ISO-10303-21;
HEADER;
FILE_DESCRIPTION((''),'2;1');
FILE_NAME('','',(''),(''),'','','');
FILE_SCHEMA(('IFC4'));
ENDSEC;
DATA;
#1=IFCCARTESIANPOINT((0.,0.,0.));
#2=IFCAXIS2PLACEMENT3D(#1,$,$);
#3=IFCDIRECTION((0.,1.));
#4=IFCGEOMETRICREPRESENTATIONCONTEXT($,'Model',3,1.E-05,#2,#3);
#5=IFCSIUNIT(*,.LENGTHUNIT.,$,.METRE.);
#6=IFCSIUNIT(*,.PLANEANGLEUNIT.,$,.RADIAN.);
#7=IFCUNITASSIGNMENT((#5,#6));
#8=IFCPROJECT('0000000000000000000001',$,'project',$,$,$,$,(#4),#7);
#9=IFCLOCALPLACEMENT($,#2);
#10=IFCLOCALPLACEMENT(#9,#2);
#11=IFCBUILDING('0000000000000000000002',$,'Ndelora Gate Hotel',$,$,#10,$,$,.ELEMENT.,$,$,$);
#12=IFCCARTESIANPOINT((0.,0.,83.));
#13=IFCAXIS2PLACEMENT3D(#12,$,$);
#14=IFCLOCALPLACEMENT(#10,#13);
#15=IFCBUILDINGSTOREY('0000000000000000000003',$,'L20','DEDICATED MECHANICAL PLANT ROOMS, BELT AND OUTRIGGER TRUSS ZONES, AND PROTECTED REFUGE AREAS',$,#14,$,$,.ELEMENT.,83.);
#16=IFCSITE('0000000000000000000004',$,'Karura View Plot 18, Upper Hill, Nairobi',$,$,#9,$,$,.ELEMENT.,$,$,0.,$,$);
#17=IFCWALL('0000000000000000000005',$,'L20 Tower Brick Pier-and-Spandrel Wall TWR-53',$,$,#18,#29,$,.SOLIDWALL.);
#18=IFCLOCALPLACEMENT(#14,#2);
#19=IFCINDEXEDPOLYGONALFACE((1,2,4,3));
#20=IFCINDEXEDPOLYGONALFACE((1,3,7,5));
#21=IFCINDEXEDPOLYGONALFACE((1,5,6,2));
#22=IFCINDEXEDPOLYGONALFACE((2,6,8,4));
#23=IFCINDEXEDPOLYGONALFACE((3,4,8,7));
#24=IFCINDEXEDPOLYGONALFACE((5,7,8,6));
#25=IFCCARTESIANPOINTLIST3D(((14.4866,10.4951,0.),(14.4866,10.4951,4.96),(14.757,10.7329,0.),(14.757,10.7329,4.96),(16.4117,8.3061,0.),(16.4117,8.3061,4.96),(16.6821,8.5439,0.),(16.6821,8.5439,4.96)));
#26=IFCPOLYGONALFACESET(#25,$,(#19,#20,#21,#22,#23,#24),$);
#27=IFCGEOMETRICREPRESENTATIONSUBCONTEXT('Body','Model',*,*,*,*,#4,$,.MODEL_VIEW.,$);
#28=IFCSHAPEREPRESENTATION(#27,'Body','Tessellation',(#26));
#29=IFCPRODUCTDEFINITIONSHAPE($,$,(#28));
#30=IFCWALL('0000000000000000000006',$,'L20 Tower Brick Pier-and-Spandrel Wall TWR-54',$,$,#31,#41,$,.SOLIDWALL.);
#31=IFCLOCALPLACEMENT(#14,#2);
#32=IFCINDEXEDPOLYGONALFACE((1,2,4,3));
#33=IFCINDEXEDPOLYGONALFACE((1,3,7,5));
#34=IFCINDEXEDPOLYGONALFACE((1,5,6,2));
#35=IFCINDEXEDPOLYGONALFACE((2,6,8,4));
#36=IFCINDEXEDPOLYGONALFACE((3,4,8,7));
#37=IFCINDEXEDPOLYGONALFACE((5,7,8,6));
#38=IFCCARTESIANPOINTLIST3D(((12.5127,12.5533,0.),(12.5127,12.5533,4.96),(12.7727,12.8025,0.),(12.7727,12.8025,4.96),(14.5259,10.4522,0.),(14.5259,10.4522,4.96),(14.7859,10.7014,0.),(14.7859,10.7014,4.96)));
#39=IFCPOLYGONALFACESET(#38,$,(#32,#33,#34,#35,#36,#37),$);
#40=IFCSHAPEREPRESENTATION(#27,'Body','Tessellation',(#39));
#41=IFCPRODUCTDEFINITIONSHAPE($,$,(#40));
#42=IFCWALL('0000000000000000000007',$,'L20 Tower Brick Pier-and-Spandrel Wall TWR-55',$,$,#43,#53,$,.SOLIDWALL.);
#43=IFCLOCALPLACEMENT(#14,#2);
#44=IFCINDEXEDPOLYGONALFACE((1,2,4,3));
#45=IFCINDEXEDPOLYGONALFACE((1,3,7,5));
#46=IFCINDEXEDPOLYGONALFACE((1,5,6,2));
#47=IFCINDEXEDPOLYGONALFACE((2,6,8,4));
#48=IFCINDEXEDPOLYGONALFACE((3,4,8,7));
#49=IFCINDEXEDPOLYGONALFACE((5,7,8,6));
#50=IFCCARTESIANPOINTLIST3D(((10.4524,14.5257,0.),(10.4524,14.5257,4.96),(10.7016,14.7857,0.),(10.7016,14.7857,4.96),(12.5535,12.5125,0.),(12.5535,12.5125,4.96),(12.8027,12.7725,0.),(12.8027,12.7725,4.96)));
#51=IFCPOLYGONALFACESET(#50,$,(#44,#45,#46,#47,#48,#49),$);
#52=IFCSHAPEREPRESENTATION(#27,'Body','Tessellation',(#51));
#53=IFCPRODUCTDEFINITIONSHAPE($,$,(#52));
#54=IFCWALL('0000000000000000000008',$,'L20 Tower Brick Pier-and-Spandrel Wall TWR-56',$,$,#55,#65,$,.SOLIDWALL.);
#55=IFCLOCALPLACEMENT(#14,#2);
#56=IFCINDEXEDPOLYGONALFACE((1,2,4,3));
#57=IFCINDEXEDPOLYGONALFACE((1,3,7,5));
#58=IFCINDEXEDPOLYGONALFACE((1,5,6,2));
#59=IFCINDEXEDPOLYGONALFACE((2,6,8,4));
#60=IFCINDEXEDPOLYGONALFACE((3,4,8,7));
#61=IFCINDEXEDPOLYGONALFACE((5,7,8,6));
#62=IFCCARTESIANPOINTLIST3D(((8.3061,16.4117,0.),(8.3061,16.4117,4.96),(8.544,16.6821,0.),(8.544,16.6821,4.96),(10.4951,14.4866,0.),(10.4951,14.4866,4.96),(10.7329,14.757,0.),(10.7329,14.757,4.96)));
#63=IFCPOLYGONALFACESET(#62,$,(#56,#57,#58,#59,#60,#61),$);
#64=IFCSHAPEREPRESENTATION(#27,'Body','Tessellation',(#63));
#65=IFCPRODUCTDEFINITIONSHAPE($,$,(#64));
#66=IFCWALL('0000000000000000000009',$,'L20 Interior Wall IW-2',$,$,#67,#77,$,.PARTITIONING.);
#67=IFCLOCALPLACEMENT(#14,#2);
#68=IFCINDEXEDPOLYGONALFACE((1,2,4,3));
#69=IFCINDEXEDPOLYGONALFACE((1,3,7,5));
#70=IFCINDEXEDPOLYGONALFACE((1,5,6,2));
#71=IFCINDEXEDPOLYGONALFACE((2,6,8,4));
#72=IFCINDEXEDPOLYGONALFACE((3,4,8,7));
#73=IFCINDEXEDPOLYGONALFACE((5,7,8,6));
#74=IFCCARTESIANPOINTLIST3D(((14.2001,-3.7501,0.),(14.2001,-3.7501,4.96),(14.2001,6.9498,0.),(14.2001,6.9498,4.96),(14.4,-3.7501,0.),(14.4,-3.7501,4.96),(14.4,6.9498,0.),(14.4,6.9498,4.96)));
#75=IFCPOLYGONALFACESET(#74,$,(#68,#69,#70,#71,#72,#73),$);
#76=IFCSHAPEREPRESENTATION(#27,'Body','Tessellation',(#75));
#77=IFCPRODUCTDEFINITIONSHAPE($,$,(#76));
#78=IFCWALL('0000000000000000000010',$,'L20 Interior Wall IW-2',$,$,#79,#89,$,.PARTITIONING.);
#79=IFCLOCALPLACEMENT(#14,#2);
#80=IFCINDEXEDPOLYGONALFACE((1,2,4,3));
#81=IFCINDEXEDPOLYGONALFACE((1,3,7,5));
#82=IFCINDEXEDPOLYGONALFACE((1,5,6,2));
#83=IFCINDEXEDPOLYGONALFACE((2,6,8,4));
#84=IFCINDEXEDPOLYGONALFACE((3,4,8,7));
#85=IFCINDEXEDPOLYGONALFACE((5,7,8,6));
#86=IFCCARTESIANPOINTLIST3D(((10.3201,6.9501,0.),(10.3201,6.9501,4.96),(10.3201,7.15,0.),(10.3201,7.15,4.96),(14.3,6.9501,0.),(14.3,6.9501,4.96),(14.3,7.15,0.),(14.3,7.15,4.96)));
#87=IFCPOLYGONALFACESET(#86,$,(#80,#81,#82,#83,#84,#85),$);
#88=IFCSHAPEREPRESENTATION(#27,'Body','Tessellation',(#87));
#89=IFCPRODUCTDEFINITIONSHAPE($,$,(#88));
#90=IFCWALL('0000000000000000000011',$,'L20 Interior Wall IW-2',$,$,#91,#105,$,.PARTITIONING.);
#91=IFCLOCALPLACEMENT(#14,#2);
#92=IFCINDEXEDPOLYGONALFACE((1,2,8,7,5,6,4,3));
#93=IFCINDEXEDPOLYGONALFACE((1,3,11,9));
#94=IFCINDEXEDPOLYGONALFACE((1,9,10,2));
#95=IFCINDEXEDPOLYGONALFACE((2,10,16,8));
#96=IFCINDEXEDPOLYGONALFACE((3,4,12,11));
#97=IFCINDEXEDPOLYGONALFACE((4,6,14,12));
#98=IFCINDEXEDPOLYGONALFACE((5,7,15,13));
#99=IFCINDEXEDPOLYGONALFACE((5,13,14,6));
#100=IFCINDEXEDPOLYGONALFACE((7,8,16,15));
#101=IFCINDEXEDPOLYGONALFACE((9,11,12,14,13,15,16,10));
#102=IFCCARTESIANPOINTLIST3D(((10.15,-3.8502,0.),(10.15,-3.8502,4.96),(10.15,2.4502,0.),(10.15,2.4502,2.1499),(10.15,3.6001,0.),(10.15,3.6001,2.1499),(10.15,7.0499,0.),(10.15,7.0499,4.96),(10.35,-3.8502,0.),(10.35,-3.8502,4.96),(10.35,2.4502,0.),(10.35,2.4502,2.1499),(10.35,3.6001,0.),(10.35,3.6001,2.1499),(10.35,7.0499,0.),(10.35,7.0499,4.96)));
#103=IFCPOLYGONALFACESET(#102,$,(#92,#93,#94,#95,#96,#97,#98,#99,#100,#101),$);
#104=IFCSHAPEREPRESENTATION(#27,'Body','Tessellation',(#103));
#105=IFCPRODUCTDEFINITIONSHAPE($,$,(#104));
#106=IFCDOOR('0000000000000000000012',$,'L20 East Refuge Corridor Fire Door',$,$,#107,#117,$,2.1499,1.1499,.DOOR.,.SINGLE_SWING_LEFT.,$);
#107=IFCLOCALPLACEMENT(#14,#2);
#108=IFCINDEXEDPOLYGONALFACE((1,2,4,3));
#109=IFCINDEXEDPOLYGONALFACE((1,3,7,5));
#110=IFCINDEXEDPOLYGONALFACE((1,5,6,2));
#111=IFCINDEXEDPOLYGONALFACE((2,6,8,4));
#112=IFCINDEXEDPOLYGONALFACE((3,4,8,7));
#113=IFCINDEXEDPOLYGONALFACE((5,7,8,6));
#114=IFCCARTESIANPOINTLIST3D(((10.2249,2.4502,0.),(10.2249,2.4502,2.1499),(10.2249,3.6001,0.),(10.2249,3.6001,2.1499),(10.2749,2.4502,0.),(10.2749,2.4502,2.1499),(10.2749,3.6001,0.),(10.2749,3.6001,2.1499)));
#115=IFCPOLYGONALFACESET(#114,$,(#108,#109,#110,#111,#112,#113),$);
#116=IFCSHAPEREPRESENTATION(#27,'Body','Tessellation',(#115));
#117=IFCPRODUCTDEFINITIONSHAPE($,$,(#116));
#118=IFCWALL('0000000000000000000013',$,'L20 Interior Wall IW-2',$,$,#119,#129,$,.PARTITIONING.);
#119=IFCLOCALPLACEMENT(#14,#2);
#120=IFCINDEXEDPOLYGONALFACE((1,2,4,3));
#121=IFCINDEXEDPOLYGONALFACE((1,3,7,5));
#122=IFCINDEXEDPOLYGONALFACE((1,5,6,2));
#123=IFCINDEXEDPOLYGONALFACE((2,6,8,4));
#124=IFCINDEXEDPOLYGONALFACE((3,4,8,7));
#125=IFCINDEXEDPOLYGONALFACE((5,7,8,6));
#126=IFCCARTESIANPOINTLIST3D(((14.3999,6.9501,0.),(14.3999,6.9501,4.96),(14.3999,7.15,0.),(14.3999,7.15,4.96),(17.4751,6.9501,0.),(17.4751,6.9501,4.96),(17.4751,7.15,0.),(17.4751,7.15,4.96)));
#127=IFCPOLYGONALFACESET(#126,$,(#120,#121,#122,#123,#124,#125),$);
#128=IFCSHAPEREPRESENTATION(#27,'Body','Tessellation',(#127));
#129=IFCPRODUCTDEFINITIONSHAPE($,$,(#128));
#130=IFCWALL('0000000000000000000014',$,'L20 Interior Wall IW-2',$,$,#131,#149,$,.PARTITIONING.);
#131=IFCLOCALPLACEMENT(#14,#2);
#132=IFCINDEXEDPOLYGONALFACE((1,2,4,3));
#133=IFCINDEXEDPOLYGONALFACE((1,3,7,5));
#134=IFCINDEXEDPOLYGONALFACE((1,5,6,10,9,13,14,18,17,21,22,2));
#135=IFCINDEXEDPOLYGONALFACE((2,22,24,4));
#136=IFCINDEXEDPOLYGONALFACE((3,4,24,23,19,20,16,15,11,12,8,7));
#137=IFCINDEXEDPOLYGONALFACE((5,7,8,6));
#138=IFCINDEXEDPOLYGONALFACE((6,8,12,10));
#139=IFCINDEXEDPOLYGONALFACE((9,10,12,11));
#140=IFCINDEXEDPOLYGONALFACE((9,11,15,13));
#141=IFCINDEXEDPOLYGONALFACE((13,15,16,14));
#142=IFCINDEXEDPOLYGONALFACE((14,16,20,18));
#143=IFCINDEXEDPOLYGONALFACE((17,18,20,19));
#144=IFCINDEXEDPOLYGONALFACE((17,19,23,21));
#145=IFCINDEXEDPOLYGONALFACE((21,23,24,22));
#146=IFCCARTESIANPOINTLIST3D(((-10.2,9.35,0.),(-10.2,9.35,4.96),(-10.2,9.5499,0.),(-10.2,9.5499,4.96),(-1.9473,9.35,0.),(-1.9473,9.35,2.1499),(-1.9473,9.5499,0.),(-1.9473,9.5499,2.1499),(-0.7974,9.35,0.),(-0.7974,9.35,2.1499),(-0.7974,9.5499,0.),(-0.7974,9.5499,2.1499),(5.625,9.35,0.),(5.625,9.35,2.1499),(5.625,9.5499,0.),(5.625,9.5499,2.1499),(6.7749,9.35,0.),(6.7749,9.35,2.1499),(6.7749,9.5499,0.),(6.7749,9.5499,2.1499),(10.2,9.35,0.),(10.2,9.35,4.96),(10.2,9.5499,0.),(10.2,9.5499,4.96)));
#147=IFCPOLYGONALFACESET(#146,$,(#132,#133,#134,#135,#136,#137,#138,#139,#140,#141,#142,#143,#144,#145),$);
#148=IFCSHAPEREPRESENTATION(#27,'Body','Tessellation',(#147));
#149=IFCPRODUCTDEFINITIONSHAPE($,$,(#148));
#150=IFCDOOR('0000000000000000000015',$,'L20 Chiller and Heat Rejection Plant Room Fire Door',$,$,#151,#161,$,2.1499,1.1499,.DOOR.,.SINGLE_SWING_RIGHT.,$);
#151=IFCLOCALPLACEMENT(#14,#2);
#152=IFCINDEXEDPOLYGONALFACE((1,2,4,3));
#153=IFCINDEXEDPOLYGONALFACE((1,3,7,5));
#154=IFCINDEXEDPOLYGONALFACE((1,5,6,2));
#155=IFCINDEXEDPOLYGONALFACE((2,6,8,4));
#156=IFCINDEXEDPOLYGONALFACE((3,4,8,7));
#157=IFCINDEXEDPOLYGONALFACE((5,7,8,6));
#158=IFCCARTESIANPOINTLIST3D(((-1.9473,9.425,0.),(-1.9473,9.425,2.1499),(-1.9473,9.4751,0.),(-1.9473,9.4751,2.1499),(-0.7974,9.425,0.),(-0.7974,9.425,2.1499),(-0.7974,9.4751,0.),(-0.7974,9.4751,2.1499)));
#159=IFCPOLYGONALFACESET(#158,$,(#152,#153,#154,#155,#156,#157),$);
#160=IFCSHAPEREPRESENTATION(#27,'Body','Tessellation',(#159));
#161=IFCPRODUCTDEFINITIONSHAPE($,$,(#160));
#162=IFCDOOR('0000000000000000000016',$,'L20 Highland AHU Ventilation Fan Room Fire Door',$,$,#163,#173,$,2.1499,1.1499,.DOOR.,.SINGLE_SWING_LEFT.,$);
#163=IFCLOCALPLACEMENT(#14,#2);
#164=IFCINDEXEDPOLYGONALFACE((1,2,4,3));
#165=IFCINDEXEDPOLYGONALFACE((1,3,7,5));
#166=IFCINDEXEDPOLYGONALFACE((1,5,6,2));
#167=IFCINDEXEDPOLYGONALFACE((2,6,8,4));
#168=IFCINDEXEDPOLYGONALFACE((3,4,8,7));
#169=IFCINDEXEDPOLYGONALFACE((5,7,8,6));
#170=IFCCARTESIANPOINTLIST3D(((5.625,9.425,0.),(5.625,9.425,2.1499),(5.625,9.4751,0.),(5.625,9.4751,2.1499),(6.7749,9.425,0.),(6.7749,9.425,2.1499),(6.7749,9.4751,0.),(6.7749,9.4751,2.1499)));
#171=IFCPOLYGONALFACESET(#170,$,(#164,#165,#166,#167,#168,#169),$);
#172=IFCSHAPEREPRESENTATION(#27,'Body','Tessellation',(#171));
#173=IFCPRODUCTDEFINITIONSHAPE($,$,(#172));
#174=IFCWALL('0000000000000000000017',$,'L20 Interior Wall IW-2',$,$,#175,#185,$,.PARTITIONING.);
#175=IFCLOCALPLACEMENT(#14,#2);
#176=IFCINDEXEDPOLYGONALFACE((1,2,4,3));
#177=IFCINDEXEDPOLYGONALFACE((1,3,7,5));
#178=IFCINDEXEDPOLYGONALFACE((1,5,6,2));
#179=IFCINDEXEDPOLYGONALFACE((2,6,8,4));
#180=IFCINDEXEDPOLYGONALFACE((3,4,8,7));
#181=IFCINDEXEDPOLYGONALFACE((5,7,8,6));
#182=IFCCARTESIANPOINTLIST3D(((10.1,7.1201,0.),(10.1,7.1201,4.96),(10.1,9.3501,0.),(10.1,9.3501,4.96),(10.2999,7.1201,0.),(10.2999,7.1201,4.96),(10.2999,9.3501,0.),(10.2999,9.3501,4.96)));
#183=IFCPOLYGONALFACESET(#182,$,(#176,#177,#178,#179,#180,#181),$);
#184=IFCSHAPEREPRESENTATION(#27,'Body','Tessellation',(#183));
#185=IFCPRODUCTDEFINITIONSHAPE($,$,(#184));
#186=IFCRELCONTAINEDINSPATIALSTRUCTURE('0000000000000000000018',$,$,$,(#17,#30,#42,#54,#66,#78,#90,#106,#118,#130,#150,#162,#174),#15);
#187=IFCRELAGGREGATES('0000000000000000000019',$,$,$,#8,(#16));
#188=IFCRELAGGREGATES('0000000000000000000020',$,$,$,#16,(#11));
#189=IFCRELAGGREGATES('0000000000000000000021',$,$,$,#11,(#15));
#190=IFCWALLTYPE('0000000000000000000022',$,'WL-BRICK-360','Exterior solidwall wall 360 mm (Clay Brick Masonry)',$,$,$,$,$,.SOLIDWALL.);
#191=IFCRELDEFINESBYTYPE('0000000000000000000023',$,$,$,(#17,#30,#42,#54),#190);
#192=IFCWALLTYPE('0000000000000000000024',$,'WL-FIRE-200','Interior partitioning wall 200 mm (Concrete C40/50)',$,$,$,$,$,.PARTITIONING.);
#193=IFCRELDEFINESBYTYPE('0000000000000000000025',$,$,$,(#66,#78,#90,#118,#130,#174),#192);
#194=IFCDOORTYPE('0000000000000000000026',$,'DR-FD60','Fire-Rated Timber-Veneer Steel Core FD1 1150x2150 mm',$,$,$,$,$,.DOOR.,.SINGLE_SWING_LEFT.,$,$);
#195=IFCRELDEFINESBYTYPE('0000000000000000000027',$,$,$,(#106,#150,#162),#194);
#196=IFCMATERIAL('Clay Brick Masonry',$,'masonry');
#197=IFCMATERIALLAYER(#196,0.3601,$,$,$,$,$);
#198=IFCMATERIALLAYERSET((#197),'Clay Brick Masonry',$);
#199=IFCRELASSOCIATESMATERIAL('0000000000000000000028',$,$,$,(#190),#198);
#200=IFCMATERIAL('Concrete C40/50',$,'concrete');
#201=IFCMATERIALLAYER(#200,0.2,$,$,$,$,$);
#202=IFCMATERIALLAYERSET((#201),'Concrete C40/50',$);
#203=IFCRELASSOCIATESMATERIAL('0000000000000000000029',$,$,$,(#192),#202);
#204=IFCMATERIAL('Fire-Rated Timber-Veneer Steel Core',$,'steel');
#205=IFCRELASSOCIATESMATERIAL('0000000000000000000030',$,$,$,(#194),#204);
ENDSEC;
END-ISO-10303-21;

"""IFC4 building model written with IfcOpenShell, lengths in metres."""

from ifc_helpers import new_model, si_unit, direction, frame, frame_2d, origin, place, context, subcontext, project, spatial, rectangle, extrude, material, layer, layer_set, type_object, element, fill, save


model = new_model("IFC4")

# Units and contexts
model_context = context("Model", 3, precision=1e-05, world=origin(), true_north=direction((0.0, 1.0)))
body_context = subcontext(model_context, "Body", "Model", "MODEL_VIEW")
ifc_project = project(units=[si_unit("LENGTHUNIT", "METRE"), si_unit("PLANEANGLEUNIT", "RADIAN")], contexts=[model_context])

# Site, building, storey
site_placement = place(None, origin())
site = spatial("IfcSite", under=ifc_project, at=site_placement, Name="Karura View Plot 18, Upper Hill, Nairobi", CompositionType="ELEMENT", RefElevation=0.0)
building_placement = place(site_placement, origin())
building = spatial("IfcBuilding", under=site, at=building_placement, Name="Ndelora Gate Hotel", CompositionType="ELEMENT")
storey_placement = place(building_placement, frame((0.0, 0.0, 83.0)))
storey = spatial("IfcBuildingStorey", under=building, at=storey_placement, Name="L20", Description="DEDICATED MECHANICAL PLANT ROOMS, BELT AND OUTRIGGER TRUSS ZONES, AND PROTECTED REFUGE AREAS", CompositionType="ELEMENT", Elevation=83.0)

# Walls
ifc_material_1 = material(Name="Clay Brick Masonry", Category="masonry")
ifc_layer_1 = layer(ifc_material_1, 0.3601)
ifc_layer_set_1 = layer_set([ifc_layer_1], Name="Clay Brick Masonry")
wall_type_1 = type_object("IfcWallType", Name="WL-BRICK-360", Description="Exterior solidwall wall 360 mm (Clay Brick Masonry)", PredefinedType="SOLIDWALL", material=ifc_layer_set_1)
wall_1_placement = place(storey_placement, frame((14.6218, 10.614, 0.0), z_axis=(0.0, 0.0, 1.0), x_axis=(0.660388, -0.750924, 0.0)))
element("IfcWall", 1, at=wall_1_placement, inside=storey, type_object=wall_type_1, Name="L20 Tower Brick Pier-and-Spandrel Wall TWR-53", PredefinedType="SOLIDWALL", context=body_context, shape_type="SweptSolid", body=[
    extrude(rectangle(XDim=2.915, YDim=0.3601, at=frame_2d((1.4575, 0.0))), origin(), (0.0, 0.0, 1.0), 4.96),
])
for number, where, z_axis, x_axis, name in (
    (2, (12.6426, 12.678, 0.0), (0.0, 0.0, 1.0), (0.691843, -0.722048, 0.0), "L20 Tower Brick Pier-and-Spandrel Wall TWR-54"),
    (3, (10.5769, 14.6558, 0.0), (0.0, 0.0, 1.0), (0.722048, -0.691843, 0.0), "L20 Tower Brick Pier-and-Spandrel Wall TWR-55"),
):
    element("IfcWall", number, at=place(storey_placement, frame(where, z_axis=z_axis, x_axis=x_axis)), inside=storey, type_object=wall_type_1, Name=name, PredefinedType="SOLIDWALL", context=body_context, shape_type="SweptSolid", body=[
        extrude(rectangle(XDim=2.9099, YDim=0.3601, at=frame_2d((1.4551, 0.0))), origin(), (0.0, 0.0, 1.0), 4.96),
    ])
wall_2_placement = place(storey_placement, frame((8.425, 16.5469, 0.0), z_axis=(0.0, 0.0, 1.0), x_axis=(0.750924, -0.660388, 0.0)))
element("IfcWall", 4, at=wall_2_placement, inside=storey, type_object=wall_type_1, Name="L20 Tower Brick Pier-and-Spandrel Wall TWR-56", PredefinedType="SOLIDWALL", context=body_context, shape_type="SweptSolid", body=[
    extrude(rectangle(XDim=2.915, YDim=0.3601, at=frame_2d((1.4575, 0.0))), origin(), (0.0, 0.0, 1.0), 4.96),
])
ifc_material_2 = material(Name="Concrete C40/50", Category="concrete")
ifc_layer_2 = layer(ifc_material_2, 0.2)
ifc_layer_set_2 = layer_set([ifc_layer_2], Name="Concrete C40/50")
wall_type_2 = type_object("IfcWallType", Name="WL-FIRE-200", Description="Interior partitioning wall 200 mm (Concrete C40/50)", PredefinedType="PARTITIONING", material=ifc_layer_set_2)
wall_3_placement = place(storey_placement, frame((14.3, 6.95, 0.0), z_axis=(0.0, 0.0, 1.0), x_axis=(0.0, -1.0, 0.0)))
element("IfcWall", 5, at=wall_3_placement, inside=storey, type_object=wall_type_2, Name="L20 Interior Wall IW-2", PredefinedType="PARTITIONING", context=body_context, shape_type="SweptSolid", body=[
    extrude(rectangle(XDim=10.7, YDim=0.2, at=frame_2d((5.3501, 0.0))), origin(), (0.0, 0.0, 1.0), 4.96),
])
wall_4_placement = place(storey_placement, frame((14.3, 7.05, 0.0), z_axis=(0.0, 0.0, 1.0), x_axis=(-1.0, 0.0, 0.0)))
element("IfcWall", 6, at=wall_4_placement, inside=storey, type_object=wall_type_2, Name="L20 Interior Wall IW-2", PredefinedType="PARTITIONING", context=body_context, shape_type="SweptSolid", body=[
    extrude(rectangle(XDim=3.98, YDim=0.2, at=frame_2d((1.99, 0.0))), origin(), (0.0, 0.0, 1.0), 4.96),
])

# Wall, opening, door
wall_5_placement = place(storey_placement, frame((10.25, 7.05, 0.0), z_axis=(0.0, 0.0, 1.0), x_axis=(0.0, -1.0, 0.0)))
wall_5 = element("IfcWall", 7, at=wall_5_placement, inside=storey, type_object=wall_type_2, Name="L20 Interior Wall IW-2", PredefinedType="PARTITIONING", context=body_context, shape_type="SweptSolid", body=[
    extrude(rectangle(XDim=10.9001, YDim=0.2, at=frame_2d((5.4502, 0.0))), origin(), (0.0, 0.0, 1.0), 4.96),
])
opening_1_placement = place(wall_5_placement, frame((3.45, 0.0, 0.0)))
opening_1 = element("IfcOpeningElement", 8, at=opening_1_placement, cuts=wall_5, PredefinedType="OPENING", context=body_context, shape_type="SweptSolid", body=[
    extrude(rectangle(XDim=1.1499, YDim=2.1499, at=frame_2d((0.575, 1.075))), frame((0.0, 0.1099, 0.0), z_axis=(0.0, -1.0, 0.0), x_axis=(1.0, 0.0, 0.0)), (0.0, 0.0, 1.0), 0.22),
])
ifc_material_3 = material(Name="Fire-Rated Timber-Veneer Steel Core", Category="steel")
door_type = type_object("IfcDoorType", Name="DR-FD60", Description="Fire-Rated Timber-Veneer Steel Core FD1 1150x2150 mm", OperationType="SINGLE_SWING_LEFT", PredefinedType="DOOR", material=ifc_material_3)
door_1_placement = place(opening_1_placement, origin())
door_1 = element("IfcDoor", 9, at=door_1_placement, inside=storey, type_object=door_type, Name="L20 East Refuge Corridor Fire Door", OperationType="SINGLE_SWING_LEFT", OverallHeight=2.1499, OverallWidth=1.1499, PredefinedType="DOOR", context=body_context, shape_type="SweptSolid", body=[
    extrude(rectangle(XDim=1.1499, YDim=2.1499, at=frame_2d((0.575, 1.075))), frame((0.0, 0.0249, 0.0), z_axis=(0.0, -1.0, 0.0), x_axis=(1.0, 0.0, 0.0)), (0.0, 0.0, 1.0), 0.05),
])
fill(opening_1, door_1)

# Wall
wall_6_placement = place(storey_placement, frame((14.3999, 7.05, 0.0), z_axis=(0.0, 0.0, 1.0), x_axis=(1.0, 0.0, 0.0)))
element("IfcWall", 10, at=wall_6_placement, inside=storey, type_object=wall_type_2, Name="L20 Interior Wall IW-2", PredefinedType="PARTITIONING", context=body_context, shape_type="SweptSolid", body=[
    extrude(rectangle(XDim=3.0752, YDim=0.2, at=frame_2d((1.5376, 0.0))), origin(), (0.0, 0.0, 1.0), 4.96),
])

# Wall, openings, doors
wall_7_placement = place(storey_placement, frame((10.2, 9.45, 0.0), z_axis=(0.0, 0.0, 1.0), x_axis=(-1.0, 0.0, 0.0)))
wall_7 = element("IfcWall", 11, at=wall_7_placement, inside=storey, type_object=wall_type_2, Name="L20 Interior Wall IW-2", PredefinedType="PARTITIONING", context=body_context, shape_type="SweptSolid", body=[
    extrude(rectangle(XDim=20.3999, YDim=0.2, at=frame_2d((10.2, 0.0))), origin(), (0.0, 0.0, 1.0), 4.96),
])
opening_2_placement = place(wall_7_placement, frame((10.9973, 0.0, 0.0)))
opening_2 = element("IfcOpeningElement", 12, at=opening_2_placement, cuts=wall_7, PredefinedType="OPENING", context=body_context, shape_type="SweptSolid", body=[
    extrude(rectangle(XDim=1.1499, YDim=2.1499, at=frame_2d((0.575, 1.075))), frame((0.0, 0.1099, 0.0), z_axis=(0.0, -1.0, 0.0), x_axis=(1.0, 0.0, 0.0)), (0.0, 0.0, 1.0), 0.22),
])
opening_3_placement = place(wall_7_placement, frame((3.425, 0.0, 0.0)))
opening_3 = element("IfcOpeningElement", 13, at=opening_3_placement, cuts=wall_7, PredefinedType="OPENING", context=body_context, shape_type="SweptSolid", body=[
    extrude(rectangle(XDim=1.1499, YDim=2.1499, at=frame_2d((0.575, 1.075))), frame((0.0, 0.1099, 0.0), z_axis=(0.0, -1.0, 0.0), x_axis=(1.0, 0.0, 0.0)), (0.0, 0.0, 1.0), 0.22),
])
door_2_placement = place(opening_2_placement, origin())
door_2 = element("IfcDoor", 14, at=door_2_placement, inside=storey, type_object=door_type, Name="L20 Chiller and Heat Rejection Plant Room Fire Door", OperationType="SINGLE_SWING_RIGHT", OverallHeight=2.1499, OverallWidth=1.1499, PredefinedType="DOOR", context=body_context, shape_type="SweptSolid", body=[
    extrude(rectangle(XDim=1.1499, YDim=2.1499, at=frame_2d((0.575, 1.075))), frame((0.0, 0.0249, 0.0), z_axis=(0.0, -1.0, 0.0), x_axis=(1.0, 0.0, 0.0)), (0.0, 0.0, 1.0), 0.05),
])
fill(opening_2, door_2)
door_3_placement = place(opening_3_placement, origin())
door_3 = element("IfcDoor", 15, at=door_3_placement, inside=storey, type_object=door_type, Name="L20 Highland AHU Ventilation Fan Room Fire Door", OperationType="SINGLE_SWING_LEFT", OverallHeight=2.1499, OverallWidth=1.1499, PredefinedType="DOOR", context=body_context, shape_type="SweptSolid", body=[
    extrude(rectangle(XDim=1.1499, YDim=2.1499, at=frame_2d((0.575, 1.075))), frame((0.0, 0.0249, 0.0), z_axis=(0.0, -1.0, 0.0), x_axis=(1.0, 0.0, 0.0)), (0.0, 0.0, 1.0), 0.05),
])
fill(opening_3, door_3)

# Wall
wall_8_placement = place(storey_placement, frame((10.2, 7.1201, 0.0), z_axis=(0.0, 0.0, 1.0), x_axis=(0.0, 1.0, 0.0)))
element("IfcWall", 16, at=wall_8_placement, inside=storey, type_object=wall_type_2, Name="L20 Interior Wall IW-2", PredefinedType="PARTITIONING", context=body_context, shape_type="SweptSolid", body=[
    extrude(rectangle(XDim=2.23, YDim=0.2, at=frame_2d((1.115, 0.0))), origin(), (0.0, 0.0, 1.0), 4.96),
])

save(model, "model.ifc")
